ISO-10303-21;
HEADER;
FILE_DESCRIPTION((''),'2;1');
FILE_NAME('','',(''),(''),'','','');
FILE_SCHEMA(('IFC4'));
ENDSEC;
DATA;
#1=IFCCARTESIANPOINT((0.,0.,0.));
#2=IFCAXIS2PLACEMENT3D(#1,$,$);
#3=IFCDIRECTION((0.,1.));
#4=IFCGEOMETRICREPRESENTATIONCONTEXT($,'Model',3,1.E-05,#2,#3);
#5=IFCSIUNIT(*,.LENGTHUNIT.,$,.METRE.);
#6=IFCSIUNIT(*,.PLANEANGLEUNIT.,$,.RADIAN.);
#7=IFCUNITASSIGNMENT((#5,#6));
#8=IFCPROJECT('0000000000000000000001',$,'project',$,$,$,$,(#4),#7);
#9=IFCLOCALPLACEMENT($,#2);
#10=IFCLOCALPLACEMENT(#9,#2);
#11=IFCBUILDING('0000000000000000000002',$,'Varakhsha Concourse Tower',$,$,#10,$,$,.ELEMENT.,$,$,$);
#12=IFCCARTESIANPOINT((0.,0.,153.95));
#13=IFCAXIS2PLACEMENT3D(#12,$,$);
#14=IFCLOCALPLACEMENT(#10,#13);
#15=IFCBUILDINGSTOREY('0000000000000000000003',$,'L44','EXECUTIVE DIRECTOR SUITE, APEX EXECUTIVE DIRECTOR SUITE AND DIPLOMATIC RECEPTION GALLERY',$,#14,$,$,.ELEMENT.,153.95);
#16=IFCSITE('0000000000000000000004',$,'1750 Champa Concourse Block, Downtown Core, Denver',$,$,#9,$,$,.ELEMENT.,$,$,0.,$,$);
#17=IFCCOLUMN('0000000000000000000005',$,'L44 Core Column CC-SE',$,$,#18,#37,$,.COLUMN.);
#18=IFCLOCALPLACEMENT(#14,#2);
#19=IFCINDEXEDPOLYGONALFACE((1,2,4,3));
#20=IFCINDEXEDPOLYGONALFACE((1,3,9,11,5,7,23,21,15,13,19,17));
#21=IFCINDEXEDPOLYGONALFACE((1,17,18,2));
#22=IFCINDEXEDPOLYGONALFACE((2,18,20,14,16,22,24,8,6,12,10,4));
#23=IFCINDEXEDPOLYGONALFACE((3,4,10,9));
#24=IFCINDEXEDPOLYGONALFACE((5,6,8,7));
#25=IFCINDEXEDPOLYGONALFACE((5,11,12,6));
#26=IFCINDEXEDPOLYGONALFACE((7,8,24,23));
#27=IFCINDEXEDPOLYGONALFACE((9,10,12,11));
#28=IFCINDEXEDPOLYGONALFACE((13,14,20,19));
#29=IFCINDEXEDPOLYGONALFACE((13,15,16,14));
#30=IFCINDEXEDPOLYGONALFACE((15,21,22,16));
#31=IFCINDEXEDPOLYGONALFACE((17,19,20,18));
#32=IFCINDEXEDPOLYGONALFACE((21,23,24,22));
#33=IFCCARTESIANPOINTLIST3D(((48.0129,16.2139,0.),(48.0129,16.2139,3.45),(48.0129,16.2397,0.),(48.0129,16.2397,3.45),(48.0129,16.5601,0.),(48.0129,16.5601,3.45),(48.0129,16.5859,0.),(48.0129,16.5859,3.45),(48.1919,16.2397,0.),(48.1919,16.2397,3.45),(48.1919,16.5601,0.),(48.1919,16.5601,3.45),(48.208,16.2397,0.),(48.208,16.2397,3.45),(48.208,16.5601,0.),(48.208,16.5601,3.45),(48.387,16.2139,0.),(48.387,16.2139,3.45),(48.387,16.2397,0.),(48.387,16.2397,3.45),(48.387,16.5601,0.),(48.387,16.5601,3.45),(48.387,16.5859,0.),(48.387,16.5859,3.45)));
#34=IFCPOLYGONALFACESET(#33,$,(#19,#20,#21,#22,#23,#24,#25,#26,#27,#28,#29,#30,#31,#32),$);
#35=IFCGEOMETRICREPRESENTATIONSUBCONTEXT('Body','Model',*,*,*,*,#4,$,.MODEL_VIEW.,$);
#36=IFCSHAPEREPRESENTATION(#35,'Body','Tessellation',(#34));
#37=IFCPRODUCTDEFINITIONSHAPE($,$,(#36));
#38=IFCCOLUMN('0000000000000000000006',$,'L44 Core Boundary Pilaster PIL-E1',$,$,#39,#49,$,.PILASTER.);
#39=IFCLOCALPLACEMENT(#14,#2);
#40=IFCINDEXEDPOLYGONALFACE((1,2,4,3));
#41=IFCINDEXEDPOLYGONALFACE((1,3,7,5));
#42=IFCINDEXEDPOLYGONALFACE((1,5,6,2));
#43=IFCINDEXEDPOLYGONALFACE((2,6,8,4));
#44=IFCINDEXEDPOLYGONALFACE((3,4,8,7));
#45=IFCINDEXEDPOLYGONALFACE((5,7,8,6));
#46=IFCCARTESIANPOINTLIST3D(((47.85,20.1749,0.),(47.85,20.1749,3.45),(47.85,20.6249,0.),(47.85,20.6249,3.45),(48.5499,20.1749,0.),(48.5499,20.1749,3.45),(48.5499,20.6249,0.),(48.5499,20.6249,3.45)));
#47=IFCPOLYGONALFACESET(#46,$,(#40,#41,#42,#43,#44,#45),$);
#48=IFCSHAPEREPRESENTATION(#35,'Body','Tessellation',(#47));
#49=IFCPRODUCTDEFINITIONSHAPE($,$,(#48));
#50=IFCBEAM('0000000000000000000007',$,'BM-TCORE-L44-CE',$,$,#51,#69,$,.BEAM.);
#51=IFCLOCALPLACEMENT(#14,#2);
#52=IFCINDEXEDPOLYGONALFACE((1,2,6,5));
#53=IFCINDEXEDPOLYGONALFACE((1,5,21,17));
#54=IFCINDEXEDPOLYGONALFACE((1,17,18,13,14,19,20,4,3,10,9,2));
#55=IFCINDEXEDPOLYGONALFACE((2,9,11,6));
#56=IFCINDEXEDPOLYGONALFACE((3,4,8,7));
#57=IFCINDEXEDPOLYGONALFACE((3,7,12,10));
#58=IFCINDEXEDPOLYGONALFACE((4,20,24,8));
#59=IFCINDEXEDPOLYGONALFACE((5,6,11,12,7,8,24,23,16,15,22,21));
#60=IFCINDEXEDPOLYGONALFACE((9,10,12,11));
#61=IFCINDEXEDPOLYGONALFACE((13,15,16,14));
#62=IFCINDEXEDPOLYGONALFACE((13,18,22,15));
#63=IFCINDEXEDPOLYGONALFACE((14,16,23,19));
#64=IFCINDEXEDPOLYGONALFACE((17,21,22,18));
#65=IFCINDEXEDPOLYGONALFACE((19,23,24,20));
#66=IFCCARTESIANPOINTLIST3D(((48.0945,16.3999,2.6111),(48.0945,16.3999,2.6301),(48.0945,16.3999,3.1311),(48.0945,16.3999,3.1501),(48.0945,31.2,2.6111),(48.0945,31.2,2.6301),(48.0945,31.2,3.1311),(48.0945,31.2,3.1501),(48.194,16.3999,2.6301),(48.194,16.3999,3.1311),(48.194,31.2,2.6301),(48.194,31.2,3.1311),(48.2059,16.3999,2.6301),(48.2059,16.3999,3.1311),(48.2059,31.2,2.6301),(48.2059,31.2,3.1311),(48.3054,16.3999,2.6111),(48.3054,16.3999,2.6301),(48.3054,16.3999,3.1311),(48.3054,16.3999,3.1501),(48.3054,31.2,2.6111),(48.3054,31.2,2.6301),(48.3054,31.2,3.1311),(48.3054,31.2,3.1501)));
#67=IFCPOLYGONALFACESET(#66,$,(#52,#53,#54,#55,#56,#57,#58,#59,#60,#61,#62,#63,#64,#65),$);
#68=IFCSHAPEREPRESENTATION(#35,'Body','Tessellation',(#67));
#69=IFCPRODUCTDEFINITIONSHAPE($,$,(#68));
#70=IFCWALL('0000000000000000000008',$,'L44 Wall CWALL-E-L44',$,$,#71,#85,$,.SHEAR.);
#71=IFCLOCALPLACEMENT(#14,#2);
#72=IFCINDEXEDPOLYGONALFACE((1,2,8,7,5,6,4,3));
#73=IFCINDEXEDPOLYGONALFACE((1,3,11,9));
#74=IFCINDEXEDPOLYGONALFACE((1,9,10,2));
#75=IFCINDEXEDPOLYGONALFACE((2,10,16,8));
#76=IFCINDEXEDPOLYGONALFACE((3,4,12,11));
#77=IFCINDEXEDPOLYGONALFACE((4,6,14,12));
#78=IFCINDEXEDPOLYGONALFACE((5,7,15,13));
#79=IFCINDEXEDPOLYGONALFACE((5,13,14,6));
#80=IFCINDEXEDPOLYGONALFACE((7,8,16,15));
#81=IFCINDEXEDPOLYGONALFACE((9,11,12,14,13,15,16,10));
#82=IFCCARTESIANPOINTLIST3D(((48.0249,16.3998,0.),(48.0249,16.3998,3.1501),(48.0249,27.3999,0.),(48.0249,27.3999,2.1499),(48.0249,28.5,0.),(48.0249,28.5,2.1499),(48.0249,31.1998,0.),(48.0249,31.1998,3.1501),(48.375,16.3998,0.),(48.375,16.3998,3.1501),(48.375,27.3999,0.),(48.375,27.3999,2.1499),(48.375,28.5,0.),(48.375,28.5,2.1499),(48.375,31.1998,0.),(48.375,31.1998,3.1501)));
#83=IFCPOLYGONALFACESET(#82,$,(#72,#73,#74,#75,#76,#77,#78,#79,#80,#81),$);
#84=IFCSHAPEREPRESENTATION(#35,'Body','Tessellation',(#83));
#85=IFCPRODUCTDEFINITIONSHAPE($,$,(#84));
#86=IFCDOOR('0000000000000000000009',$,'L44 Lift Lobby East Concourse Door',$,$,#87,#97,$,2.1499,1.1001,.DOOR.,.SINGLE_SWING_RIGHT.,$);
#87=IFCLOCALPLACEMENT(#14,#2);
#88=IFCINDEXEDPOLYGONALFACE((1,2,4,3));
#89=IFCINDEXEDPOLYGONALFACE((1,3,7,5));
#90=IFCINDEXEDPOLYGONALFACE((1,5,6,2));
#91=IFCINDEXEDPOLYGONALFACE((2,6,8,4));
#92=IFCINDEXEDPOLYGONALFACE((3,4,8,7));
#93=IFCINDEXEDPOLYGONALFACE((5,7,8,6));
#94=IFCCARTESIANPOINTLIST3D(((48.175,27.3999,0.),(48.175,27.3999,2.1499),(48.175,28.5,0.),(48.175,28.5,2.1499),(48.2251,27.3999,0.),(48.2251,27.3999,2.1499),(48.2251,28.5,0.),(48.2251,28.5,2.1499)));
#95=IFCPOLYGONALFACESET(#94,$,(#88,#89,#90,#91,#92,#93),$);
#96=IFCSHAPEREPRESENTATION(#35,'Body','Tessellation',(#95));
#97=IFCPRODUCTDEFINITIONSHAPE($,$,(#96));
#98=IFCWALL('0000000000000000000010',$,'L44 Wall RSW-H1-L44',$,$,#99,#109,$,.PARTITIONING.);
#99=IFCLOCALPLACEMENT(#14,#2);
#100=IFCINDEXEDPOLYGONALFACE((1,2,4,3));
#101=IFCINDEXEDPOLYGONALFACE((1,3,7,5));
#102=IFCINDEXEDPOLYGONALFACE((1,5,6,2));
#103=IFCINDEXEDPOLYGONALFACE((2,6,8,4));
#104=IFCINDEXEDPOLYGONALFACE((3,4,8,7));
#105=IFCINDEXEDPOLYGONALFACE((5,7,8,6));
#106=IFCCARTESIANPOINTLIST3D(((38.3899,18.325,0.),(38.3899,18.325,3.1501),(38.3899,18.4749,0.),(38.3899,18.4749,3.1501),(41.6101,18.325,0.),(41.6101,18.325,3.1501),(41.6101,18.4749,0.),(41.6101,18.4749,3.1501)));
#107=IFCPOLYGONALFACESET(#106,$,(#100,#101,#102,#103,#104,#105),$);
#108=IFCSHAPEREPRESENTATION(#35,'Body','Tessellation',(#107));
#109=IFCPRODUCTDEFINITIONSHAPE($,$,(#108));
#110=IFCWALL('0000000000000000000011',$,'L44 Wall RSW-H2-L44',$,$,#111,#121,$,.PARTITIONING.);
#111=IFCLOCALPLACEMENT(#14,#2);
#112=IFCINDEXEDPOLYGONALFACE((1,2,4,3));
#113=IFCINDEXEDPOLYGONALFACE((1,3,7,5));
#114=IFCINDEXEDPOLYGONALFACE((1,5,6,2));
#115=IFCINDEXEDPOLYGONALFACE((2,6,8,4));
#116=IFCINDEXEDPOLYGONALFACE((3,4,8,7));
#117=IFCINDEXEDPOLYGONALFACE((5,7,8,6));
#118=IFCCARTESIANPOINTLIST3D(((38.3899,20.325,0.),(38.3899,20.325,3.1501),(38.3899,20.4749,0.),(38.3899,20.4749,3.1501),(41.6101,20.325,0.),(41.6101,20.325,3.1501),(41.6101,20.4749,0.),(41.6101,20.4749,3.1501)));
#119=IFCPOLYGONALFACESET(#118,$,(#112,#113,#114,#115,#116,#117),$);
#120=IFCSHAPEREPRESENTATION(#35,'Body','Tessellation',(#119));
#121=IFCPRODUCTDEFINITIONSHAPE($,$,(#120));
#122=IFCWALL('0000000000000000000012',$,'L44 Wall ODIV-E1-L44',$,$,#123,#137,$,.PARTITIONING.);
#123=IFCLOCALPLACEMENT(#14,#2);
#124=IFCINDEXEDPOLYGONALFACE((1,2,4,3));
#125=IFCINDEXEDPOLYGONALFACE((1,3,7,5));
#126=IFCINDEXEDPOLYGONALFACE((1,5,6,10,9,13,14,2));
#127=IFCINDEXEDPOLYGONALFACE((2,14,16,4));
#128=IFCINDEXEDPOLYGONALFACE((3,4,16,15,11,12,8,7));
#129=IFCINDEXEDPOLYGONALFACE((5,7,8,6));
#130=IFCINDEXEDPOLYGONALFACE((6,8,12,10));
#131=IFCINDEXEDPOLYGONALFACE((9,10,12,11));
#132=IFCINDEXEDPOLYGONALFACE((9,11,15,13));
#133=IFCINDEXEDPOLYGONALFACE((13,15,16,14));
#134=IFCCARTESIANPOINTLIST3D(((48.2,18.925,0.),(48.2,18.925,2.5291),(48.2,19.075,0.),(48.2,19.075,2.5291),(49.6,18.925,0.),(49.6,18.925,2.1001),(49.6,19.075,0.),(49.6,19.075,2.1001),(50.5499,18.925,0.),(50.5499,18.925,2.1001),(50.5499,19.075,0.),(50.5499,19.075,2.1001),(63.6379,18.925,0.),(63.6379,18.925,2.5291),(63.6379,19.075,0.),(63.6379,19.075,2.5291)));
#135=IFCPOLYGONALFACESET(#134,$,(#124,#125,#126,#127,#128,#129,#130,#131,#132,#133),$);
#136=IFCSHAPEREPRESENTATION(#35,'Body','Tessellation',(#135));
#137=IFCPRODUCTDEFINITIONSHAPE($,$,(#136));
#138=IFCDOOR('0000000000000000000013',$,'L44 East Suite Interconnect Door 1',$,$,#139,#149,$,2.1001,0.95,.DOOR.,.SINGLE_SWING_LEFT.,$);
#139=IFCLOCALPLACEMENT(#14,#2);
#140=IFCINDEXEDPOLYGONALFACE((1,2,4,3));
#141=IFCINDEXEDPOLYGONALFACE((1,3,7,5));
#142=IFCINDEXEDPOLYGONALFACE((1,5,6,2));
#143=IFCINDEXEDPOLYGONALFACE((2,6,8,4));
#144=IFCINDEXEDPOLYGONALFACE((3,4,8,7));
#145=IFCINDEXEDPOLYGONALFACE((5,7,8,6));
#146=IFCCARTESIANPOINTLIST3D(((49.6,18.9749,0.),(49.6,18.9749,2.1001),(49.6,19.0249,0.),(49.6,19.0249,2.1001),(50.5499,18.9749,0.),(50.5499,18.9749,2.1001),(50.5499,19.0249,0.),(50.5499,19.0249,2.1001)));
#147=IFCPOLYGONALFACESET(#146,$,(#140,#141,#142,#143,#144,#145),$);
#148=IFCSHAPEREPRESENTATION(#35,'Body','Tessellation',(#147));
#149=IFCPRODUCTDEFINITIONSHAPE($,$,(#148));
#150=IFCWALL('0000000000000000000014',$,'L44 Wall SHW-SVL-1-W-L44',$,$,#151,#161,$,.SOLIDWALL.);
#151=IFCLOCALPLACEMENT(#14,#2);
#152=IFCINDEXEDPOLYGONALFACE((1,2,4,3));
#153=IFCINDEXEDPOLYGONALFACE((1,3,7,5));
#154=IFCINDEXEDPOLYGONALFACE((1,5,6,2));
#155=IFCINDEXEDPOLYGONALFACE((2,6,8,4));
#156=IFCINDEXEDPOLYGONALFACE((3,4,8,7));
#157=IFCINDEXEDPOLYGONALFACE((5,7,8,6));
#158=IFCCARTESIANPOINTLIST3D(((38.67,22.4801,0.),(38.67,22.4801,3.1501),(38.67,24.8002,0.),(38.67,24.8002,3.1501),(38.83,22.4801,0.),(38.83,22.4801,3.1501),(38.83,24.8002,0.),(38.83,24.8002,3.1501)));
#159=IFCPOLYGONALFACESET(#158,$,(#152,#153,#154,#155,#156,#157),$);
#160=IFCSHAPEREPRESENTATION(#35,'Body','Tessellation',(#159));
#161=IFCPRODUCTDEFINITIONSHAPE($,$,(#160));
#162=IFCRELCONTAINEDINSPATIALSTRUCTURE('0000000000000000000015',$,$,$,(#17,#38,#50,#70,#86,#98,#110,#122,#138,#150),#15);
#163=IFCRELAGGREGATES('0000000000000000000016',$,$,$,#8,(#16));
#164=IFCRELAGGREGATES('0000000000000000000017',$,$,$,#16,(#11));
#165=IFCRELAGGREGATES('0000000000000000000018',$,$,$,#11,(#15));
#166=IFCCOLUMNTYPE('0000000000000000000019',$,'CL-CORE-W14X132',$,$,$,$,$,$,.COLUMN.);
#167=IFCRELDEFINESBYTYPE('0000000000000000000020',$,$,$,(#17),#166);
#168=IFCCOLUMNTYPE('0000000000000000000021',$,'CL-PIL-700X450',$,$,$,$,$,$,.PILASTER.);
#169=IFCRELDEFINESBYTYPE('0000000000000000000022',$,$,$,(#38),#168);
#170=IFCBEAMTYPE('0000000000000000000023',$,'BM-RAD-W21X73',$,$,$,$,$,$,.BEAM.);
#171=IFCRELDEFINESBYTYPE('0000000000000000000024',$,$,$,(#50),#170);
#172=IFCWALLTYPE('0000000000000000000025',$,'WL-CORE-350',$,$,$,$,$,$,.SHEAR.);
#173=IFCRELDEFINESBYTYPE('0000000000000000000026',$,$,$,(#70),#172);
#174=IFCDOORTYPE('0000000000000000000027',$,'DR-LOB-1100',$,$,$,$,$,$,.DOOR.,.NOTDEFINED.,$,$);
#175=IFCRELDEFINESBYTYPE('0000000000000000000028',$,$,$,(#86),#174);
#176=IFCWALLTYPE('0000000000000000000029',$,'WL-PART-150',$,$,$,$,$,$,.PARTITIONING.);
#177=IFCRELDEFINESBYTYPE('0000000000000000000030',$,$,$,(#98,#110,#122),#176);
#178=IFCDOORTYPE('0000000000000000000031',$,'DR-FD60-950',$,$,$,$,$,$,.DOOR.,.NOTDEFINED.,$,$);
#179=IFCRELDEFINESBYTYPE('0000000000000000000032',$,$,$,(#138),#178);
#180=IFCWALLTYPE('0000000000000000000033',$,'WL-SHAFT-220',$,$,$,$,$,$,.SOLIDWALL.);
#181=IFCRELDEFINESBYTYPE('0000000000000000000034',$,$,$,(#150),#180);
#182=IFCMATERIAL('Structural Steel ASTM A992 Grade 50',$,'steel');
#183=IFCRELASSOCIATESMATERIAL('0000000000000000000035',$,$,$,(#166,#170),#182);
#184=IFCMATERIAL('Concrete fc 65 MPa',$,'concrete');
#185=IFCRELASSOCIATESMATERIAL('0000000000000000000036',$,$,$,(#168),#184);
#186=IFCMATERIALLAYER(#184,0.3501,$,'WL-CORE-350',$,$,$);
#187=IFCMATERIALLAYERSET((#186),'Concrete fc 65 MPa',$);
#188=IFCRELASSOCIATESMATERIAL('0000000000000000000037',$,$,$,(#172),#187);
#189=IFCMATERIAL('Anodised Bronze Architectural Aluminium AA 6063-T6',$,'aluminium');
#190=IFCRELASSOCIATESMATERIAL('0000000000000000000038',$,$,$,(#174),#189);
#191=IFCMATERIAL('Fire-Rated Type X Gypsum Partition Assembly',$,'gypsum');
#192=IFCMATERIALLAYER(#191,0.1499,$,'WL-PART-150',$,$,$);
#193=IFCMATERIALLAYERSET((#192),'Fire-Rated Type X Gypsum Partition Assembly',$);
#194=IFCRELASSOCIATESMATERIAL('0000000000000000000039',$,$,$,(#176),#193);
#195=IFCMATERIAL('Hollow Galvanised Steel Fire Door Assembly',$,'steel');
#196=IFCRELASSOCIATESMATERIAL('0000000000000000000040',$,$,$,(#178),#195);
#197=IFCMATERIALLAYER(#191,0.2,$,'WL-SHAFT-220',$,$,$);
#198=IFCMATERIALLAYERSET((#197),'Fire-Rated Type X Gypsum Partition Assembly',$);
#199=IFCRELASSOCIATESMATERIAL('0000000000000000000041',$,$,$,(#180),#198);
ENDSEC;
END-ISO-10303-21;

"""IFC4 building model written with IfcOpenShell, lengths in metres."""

from ifc_helpers import new_model, si_unit, direction, frame, frame_2d, origin, origin_2d, place, context, subcontext, project, spatial, rectangle, i_section, extrude, material, layer, layer_set, material_profile, profile_set, type_object, element, fill, save


model = new_model("IFC4")

# Units and contexts
model_context = context("Model", 3, precision=1e-05, world=origin(), true_north=direction((0.0, 1.0)))
body_context = subcontext(model_context, "Body", "Model", "MODEL_VIEW")
ifc_project = project(units=[si_unit("LENGTHUNIT", "METRE"), si_unit("PLANEANGLEUNIT", "RADIAN")], contexts=[model_context])

# Site, building, storey
site_placement = place(None, origin())
site = spatial("IfcSite", under=ifc_project, at=site_placement, Name="1750 Champa Concourse Block, Downtown Core, Denver", CompositionType="ELEMENT", RefElevation=0.0)
building_placement = place(site_placement, origin())
building = spatial("IfcBuilding", under=site, at=building_placement, Name="Varakhsha Concourse Tower", CompositionType="ELEMENT")
storey_placement = place(building_placement, frame((0.0, 0.0, 153.95)))
storey = spatial("IfcBuildingStorey", under=building, at=storey_placement, Name="L44", Description="EXECUTIVE DIRECTOR SUITE, APEX EXECUTIVE DIRECTOR SUITE AND DIPLOMATIC RECEPTION GALLERY", CompositionType="ELEMENT", Elevation=153.95)

# Columns
ifc_material_1 = material(Name="Structural Steel ASTM A992 Grade 50", Category="steel")
ifc_material_profile_1 = material_profile(ifc_material_1, i_section(OverallWidth=0.374, OverallDepth=0.3721, WebThickness=0.0161, FlangeThickness=0.0259, at=origin_2d()), Name="W14X132")
ifc_profile_set_1 = profile_set([ifc_material_profile_1], Name="Structural Steel ASTM A992 Grade 50")
column_type_1 = type_object("IfcColumnType", Name="CL-CORE-W14X132", PredefinedType="COLUMN", material=ifc_profile_set_1)
column_1_placement = place(storey_placement, frame((48.2, 16.3999, 0.0), z_axis=(0.0, 0.0, 1.0), x_axis=(1.0, 0.0, 0.0)))
element("IfcColumn", 1, at=column_1_placement, inside=storey, type_object=column_type_1, Name="L44 Core Column CC-SE", PredefinedType="COLUMN", context=body_context, shape_type="SweptSolid", body=[
    extrude(i_section(OverallWidth=0.374, OverallDepth=0.3721, WebThickness=0.0161, FlangeThickness=0.0259, at=origin_2d()), origin(), (0.0, 0.0, 1.0), 3.45),
])
ifc_material_2 = material(Name="Concrete fc 65 MPa", Category="concrete")
ifc_material_profile_2 = material_profile(ifc_material_2, rectangle(XDim=0.7, YDim=0.45, at=origin_2d()), Name="RC 700x450")
ifc_profile_set_2 = profile_set([ifc_material_profile_2], Name="Concrete fc 65 MPa")
column_type_2 = type_object("IfcColumnType", Name="CL-PIL-700X450", PredefinedType="PILASTER", material=ifc_profile_set_2)
column_2_placement = place(storey_placement, frame((48.2, 20.3999, 0.0), z_axis=(0.0, 0.0, 1.0), x_axis=(1.0, 0.0, 0.0)))
element("IfcColumn", 2, at=column_2_placement, inside=storey, type_object=column_type_2, Name="L44 Core Boundary Pilaster PIL-E1", PredefinedType="PILASTER", context=body_context, shape_type="SweptSolid", body=[
    extrude(rectangle(XDim=0.7, YDim=0.45, at=origin_2d()), origin(), (0.0, 0.0, 1.0), 3.45),
])

# Beam
ifc_material_profile_3 = material_profile(ifc_material_1, i_section(OverallWidth=0.2109, OverallDepth=0.5391, WebThickness=0.012, FlangeThickness=0.019, at=origin_2d()), Name="W21X73")
ifc_profile_set_3 = profile_set([ifc_material_profile_3], Name="Structural Steel ASTM A992 Grade 50")
beam_type = type_object("IfcBeamType", Name="BM-RAD-W21X73", PredefinedType="BEAM", material=ifc_profile_set_3)
beam_placement = place(storey_placement, frame((48.2, 16.3999, 2.8806), z_axis=(0.0, 1.0, 0.0), x_axis=(-1.0, 0.0, 0.0)))
element("IfcBeam", 3, at=beam_placement, inside=storey, type_object=beam_type, Name="BM-TCORE-L44-CE", PredefinedType="BEAM", context=body_context, shape_type="SweptSolid", body=[
    extrude(i_section(OverallWidth=0.2109, OverallDepth=0.5391, WebThickness=0.012, FlangeThickness=0.019, at=origin_2d()), origin(), (0.0, 0.0, 1.0), 14.8),
])

# Wall, opening, door
ifc_layer_1 = layer(ifc_material_2, 0.3501, Name="WL-CORE-350")
ifc_layer_set_1 = layer_set([ifc_layer_1], Name="Concrete fc 65 MPa")
wall_type_1 = type_object("IfcWallType", Name="WL-CORE-350", PredefinedType="SHEAR", material=ifc_layer_set_1)
wall_1_placement = place(storey_placement, frame((48.2, 16.3999, 0.0), z_axis=(0.0, 0.0, 1.0), x_axis=(0.0, 1.0, 0.0)))
wall_1 = element("IfcWall", 4, at=wall_1_placement, inside=storey, type_object=wall_type_1, Name="L44 Wall CWALL-E-L44", PredefinedType="SHEAR", context=body_context, shape_type="SweptSolid", body=[
    extrude(rectangle(XDim=14.8, YDim=0.3501, at=frame_2d((7.3999, 0.0))), origin(), (0.0, 0.0, 1.0), 3.1501),
])
opening_1_placement = place(wall_1_placement, frame((11.0, 0.0, 0.0)))
opening_1 = element("IfcOpeningElement", 5, at=opening_1_placement, cuts=wall_1, PredefinedType="OPENING", context=body_context, shape_type="SweptSolid", body=[
    extrude(rectangle(XDim=1.1001, YDim=2.1499, at=frame_2d((0.55, 1.075))), frame((0.0, 0.1851, 0.0), z_axis=(0.0, -1.0, 0.0), x_axis=(1.0, 0.0, 0.0)), (0.0, 0.0, 1.0), 0.3701),
])
ifc_material_3 = material(Name="Anodised Bronze Architectural Aluminium AA 6063-T6", Category="aluminium")
door_type_1 = type_object("IfcDoorType", Name="DR-LOB-1100", OperationType="NOTDEFINED", PredefinedType="DOOR", material=ifc_material_3)
door_1_placement = place(opening_1_placement, origin())
door_1 = element("IfcDoor", 6, at=door_1_placement, inside=storey, type_object=door_type_1, Name="L44 Lift Lobby East Concourse Door", OperationType="SINGLE_SWING_RIGHT", OverallHeight=2.1499, OverallWidth=1.1001, PredefinedType="DOOR", context=body_context, shape_type="SweptSolid", body=[
    extrude(rectangle(XDim=1.1001, YDim=2.1499, at=frame_2d((0.55, 1.075))), frame((0.0, 0.0249, 0.0), z_axis=(0.0, -1.0, 0.0), x_axis=(1.0, 0.0, 0.0)), (0.0, 0.0, 1.0), 0.05),
])
fill(opening_1, door_1)

# Walls
ifc_material_4 = material(Name="Fire-Rated Type X Gypsum Partition Assembly", Category="gypsum")
ifc_layer_2 = layer(ifc_material_4, 0.1499, Name="WL-PART-150")
ifc_layer_set_2 = layer_set([ifc_layer_2], Name="Fire-Rated Type X Gypsum Partition Assembly")
wall_type_2 = type_object("IfcWallType", Name="WL-PART-150", PredefinedType="PARTITIONING", material=ifc_layer_set_2)
for number, where, z_axis, x_axis, name in (
    (7, (38.3899, 18.3999, 0.0), (0.0, 0.0, 1.0), (1.0, 0.0, 0.0), "L44 Wall RSW-H1-L44"),
    (8, (38.3899, 20.3999, 0.0), (0.0, 0.0, 1.0), (1.0, 0.0, 0.0), "L44 Wall RSW-H2-L44"),
):
    element("IfcWall", number, at=place(storey_placement, frame(where, z_axis=z_axis, x_axis=x_axis)), inside=storey, type_object=wall_type_2, Name=name, PredefinedType="PARTITIONING", context=body_context, shape_type="SweptSolid", body=[
        extrude(rectangle(XDim=3.2202, YDim=0.1499, at=frame_2d((1.6101, 0.0))), origin(), (0.0, 0.0, 1.0), 3.1501),
    ])

# Wall, opening, door
wall_2_placement = place(storey_placement, frame((48.2, 19.0, 0.0), z_axis=(0.0, 0.0, 1.0), x_axis=(1.0, 0.0, 0.0)))
wall_2 = element("IfcWall", 9, at=wall_2_placement, inside=storey, type_object=wall_type_2, Name="L44 Wall ODIV-E1-L44", PredefinedType="PARTITIONING", context=body_context, shape_type="SweptSolid", body=[
    extrude(rectangle(XDim=15.438, YDim=0.1499, at=frame_2d((7.719, 0.0))), origin(), (0.0, 0.0, 1.0), 2.5291),
])
opening_2_placement = place(wall_2_placement, frame((1.3999, 0.0, 0.0)))
opening_2 = element("IfcOpeningElement", 10, at=opening_2_placement, cuts=wall_2, PredefinedType="OPENING", context=body_context, shape_type="SweptSolid", body=[
    extrude(rectangle(XDim=0.95, YDim=2.1001, at=frame_2d((0.4751, 1.05))), frame((0.0, 0.085, 0.0), z_axis=(0.0, -1.0, 0.0), x_axis=(1.0, 0.0, 0.0)), (0.0, 0.0, 1.0), 0.1699),
])
ifc_material_5 = material(Name="Hollow Galvanised Steel Fire Door Assembly", Category="steel")
door_type_2 = type_object("IfcDoorType", Name="DR-FD60-950", OperationType="NOTDEFINED", PredefinedType="DOOR", material=ifc_material_5)
door_2_placement = place(opening_2_placement, origin())
door_2 = element("IfcDoor", 11, at=door_2_placement, inside=storey, type_object=door_type_2, Name="L44 East Suite Interconnect Door 1", OperationType="SINGLE_SWING_LEFT", OverallHeight=2.1001, OverallWidth=0.95, PredefinedType="DOOR", context=body_context, shape_type="SweptSolid", body=[
    extrude(rectangle(XDim=0.95, YDim=2.1001, at=frame_2d((0.4751, 1.05))), frame((0.0, 0.0249, 0.0), z_axis=(0.0, -1.0, 0.0), x_axis=(1.0, 0.0, 0.0)), (0.0, 0.0, 1.0), 0.05),
])
fill(opening_2, door_2)

# Wall
ifc_layer_3 = layer(ifc_material_4, 0.2, Name="WL-SHAFT-220")
ifc_layer_set_3 = layer_set([ifc_layer_3], Name="Fire-Rated Type X Gypsum Partition Assembly")
wall_type_3 = type_object("IfcWallType", Name="WL-SHAFT-220", PredefinedType="SOLIDWALL", material=ifc_layer_set_3)
wall_3_placement = place(storey_placement, frame((38.75, 22.48, 0.0), z_axis=(0.0, 0.0, 1.0), x_axis=(0.0, 1.0, 0.0)))
element("IfcWall", 12, at=wall_3_placement, inside=storey, type_object=wall_type_3, Name="L44 Wall SHW-SVL-1-W-L44", PredefinedType="SOLIDWALL", context=body_context, shape_type="SweptSolid", body=[
    extrude(rectangle(XDim=2.3201, YDim=0.1599, at=frame_2d((1.1602, 0.0))), origin(), (0.0, 0.0, 1.0), 3.1501),
])

save(model, "model.ifc")
